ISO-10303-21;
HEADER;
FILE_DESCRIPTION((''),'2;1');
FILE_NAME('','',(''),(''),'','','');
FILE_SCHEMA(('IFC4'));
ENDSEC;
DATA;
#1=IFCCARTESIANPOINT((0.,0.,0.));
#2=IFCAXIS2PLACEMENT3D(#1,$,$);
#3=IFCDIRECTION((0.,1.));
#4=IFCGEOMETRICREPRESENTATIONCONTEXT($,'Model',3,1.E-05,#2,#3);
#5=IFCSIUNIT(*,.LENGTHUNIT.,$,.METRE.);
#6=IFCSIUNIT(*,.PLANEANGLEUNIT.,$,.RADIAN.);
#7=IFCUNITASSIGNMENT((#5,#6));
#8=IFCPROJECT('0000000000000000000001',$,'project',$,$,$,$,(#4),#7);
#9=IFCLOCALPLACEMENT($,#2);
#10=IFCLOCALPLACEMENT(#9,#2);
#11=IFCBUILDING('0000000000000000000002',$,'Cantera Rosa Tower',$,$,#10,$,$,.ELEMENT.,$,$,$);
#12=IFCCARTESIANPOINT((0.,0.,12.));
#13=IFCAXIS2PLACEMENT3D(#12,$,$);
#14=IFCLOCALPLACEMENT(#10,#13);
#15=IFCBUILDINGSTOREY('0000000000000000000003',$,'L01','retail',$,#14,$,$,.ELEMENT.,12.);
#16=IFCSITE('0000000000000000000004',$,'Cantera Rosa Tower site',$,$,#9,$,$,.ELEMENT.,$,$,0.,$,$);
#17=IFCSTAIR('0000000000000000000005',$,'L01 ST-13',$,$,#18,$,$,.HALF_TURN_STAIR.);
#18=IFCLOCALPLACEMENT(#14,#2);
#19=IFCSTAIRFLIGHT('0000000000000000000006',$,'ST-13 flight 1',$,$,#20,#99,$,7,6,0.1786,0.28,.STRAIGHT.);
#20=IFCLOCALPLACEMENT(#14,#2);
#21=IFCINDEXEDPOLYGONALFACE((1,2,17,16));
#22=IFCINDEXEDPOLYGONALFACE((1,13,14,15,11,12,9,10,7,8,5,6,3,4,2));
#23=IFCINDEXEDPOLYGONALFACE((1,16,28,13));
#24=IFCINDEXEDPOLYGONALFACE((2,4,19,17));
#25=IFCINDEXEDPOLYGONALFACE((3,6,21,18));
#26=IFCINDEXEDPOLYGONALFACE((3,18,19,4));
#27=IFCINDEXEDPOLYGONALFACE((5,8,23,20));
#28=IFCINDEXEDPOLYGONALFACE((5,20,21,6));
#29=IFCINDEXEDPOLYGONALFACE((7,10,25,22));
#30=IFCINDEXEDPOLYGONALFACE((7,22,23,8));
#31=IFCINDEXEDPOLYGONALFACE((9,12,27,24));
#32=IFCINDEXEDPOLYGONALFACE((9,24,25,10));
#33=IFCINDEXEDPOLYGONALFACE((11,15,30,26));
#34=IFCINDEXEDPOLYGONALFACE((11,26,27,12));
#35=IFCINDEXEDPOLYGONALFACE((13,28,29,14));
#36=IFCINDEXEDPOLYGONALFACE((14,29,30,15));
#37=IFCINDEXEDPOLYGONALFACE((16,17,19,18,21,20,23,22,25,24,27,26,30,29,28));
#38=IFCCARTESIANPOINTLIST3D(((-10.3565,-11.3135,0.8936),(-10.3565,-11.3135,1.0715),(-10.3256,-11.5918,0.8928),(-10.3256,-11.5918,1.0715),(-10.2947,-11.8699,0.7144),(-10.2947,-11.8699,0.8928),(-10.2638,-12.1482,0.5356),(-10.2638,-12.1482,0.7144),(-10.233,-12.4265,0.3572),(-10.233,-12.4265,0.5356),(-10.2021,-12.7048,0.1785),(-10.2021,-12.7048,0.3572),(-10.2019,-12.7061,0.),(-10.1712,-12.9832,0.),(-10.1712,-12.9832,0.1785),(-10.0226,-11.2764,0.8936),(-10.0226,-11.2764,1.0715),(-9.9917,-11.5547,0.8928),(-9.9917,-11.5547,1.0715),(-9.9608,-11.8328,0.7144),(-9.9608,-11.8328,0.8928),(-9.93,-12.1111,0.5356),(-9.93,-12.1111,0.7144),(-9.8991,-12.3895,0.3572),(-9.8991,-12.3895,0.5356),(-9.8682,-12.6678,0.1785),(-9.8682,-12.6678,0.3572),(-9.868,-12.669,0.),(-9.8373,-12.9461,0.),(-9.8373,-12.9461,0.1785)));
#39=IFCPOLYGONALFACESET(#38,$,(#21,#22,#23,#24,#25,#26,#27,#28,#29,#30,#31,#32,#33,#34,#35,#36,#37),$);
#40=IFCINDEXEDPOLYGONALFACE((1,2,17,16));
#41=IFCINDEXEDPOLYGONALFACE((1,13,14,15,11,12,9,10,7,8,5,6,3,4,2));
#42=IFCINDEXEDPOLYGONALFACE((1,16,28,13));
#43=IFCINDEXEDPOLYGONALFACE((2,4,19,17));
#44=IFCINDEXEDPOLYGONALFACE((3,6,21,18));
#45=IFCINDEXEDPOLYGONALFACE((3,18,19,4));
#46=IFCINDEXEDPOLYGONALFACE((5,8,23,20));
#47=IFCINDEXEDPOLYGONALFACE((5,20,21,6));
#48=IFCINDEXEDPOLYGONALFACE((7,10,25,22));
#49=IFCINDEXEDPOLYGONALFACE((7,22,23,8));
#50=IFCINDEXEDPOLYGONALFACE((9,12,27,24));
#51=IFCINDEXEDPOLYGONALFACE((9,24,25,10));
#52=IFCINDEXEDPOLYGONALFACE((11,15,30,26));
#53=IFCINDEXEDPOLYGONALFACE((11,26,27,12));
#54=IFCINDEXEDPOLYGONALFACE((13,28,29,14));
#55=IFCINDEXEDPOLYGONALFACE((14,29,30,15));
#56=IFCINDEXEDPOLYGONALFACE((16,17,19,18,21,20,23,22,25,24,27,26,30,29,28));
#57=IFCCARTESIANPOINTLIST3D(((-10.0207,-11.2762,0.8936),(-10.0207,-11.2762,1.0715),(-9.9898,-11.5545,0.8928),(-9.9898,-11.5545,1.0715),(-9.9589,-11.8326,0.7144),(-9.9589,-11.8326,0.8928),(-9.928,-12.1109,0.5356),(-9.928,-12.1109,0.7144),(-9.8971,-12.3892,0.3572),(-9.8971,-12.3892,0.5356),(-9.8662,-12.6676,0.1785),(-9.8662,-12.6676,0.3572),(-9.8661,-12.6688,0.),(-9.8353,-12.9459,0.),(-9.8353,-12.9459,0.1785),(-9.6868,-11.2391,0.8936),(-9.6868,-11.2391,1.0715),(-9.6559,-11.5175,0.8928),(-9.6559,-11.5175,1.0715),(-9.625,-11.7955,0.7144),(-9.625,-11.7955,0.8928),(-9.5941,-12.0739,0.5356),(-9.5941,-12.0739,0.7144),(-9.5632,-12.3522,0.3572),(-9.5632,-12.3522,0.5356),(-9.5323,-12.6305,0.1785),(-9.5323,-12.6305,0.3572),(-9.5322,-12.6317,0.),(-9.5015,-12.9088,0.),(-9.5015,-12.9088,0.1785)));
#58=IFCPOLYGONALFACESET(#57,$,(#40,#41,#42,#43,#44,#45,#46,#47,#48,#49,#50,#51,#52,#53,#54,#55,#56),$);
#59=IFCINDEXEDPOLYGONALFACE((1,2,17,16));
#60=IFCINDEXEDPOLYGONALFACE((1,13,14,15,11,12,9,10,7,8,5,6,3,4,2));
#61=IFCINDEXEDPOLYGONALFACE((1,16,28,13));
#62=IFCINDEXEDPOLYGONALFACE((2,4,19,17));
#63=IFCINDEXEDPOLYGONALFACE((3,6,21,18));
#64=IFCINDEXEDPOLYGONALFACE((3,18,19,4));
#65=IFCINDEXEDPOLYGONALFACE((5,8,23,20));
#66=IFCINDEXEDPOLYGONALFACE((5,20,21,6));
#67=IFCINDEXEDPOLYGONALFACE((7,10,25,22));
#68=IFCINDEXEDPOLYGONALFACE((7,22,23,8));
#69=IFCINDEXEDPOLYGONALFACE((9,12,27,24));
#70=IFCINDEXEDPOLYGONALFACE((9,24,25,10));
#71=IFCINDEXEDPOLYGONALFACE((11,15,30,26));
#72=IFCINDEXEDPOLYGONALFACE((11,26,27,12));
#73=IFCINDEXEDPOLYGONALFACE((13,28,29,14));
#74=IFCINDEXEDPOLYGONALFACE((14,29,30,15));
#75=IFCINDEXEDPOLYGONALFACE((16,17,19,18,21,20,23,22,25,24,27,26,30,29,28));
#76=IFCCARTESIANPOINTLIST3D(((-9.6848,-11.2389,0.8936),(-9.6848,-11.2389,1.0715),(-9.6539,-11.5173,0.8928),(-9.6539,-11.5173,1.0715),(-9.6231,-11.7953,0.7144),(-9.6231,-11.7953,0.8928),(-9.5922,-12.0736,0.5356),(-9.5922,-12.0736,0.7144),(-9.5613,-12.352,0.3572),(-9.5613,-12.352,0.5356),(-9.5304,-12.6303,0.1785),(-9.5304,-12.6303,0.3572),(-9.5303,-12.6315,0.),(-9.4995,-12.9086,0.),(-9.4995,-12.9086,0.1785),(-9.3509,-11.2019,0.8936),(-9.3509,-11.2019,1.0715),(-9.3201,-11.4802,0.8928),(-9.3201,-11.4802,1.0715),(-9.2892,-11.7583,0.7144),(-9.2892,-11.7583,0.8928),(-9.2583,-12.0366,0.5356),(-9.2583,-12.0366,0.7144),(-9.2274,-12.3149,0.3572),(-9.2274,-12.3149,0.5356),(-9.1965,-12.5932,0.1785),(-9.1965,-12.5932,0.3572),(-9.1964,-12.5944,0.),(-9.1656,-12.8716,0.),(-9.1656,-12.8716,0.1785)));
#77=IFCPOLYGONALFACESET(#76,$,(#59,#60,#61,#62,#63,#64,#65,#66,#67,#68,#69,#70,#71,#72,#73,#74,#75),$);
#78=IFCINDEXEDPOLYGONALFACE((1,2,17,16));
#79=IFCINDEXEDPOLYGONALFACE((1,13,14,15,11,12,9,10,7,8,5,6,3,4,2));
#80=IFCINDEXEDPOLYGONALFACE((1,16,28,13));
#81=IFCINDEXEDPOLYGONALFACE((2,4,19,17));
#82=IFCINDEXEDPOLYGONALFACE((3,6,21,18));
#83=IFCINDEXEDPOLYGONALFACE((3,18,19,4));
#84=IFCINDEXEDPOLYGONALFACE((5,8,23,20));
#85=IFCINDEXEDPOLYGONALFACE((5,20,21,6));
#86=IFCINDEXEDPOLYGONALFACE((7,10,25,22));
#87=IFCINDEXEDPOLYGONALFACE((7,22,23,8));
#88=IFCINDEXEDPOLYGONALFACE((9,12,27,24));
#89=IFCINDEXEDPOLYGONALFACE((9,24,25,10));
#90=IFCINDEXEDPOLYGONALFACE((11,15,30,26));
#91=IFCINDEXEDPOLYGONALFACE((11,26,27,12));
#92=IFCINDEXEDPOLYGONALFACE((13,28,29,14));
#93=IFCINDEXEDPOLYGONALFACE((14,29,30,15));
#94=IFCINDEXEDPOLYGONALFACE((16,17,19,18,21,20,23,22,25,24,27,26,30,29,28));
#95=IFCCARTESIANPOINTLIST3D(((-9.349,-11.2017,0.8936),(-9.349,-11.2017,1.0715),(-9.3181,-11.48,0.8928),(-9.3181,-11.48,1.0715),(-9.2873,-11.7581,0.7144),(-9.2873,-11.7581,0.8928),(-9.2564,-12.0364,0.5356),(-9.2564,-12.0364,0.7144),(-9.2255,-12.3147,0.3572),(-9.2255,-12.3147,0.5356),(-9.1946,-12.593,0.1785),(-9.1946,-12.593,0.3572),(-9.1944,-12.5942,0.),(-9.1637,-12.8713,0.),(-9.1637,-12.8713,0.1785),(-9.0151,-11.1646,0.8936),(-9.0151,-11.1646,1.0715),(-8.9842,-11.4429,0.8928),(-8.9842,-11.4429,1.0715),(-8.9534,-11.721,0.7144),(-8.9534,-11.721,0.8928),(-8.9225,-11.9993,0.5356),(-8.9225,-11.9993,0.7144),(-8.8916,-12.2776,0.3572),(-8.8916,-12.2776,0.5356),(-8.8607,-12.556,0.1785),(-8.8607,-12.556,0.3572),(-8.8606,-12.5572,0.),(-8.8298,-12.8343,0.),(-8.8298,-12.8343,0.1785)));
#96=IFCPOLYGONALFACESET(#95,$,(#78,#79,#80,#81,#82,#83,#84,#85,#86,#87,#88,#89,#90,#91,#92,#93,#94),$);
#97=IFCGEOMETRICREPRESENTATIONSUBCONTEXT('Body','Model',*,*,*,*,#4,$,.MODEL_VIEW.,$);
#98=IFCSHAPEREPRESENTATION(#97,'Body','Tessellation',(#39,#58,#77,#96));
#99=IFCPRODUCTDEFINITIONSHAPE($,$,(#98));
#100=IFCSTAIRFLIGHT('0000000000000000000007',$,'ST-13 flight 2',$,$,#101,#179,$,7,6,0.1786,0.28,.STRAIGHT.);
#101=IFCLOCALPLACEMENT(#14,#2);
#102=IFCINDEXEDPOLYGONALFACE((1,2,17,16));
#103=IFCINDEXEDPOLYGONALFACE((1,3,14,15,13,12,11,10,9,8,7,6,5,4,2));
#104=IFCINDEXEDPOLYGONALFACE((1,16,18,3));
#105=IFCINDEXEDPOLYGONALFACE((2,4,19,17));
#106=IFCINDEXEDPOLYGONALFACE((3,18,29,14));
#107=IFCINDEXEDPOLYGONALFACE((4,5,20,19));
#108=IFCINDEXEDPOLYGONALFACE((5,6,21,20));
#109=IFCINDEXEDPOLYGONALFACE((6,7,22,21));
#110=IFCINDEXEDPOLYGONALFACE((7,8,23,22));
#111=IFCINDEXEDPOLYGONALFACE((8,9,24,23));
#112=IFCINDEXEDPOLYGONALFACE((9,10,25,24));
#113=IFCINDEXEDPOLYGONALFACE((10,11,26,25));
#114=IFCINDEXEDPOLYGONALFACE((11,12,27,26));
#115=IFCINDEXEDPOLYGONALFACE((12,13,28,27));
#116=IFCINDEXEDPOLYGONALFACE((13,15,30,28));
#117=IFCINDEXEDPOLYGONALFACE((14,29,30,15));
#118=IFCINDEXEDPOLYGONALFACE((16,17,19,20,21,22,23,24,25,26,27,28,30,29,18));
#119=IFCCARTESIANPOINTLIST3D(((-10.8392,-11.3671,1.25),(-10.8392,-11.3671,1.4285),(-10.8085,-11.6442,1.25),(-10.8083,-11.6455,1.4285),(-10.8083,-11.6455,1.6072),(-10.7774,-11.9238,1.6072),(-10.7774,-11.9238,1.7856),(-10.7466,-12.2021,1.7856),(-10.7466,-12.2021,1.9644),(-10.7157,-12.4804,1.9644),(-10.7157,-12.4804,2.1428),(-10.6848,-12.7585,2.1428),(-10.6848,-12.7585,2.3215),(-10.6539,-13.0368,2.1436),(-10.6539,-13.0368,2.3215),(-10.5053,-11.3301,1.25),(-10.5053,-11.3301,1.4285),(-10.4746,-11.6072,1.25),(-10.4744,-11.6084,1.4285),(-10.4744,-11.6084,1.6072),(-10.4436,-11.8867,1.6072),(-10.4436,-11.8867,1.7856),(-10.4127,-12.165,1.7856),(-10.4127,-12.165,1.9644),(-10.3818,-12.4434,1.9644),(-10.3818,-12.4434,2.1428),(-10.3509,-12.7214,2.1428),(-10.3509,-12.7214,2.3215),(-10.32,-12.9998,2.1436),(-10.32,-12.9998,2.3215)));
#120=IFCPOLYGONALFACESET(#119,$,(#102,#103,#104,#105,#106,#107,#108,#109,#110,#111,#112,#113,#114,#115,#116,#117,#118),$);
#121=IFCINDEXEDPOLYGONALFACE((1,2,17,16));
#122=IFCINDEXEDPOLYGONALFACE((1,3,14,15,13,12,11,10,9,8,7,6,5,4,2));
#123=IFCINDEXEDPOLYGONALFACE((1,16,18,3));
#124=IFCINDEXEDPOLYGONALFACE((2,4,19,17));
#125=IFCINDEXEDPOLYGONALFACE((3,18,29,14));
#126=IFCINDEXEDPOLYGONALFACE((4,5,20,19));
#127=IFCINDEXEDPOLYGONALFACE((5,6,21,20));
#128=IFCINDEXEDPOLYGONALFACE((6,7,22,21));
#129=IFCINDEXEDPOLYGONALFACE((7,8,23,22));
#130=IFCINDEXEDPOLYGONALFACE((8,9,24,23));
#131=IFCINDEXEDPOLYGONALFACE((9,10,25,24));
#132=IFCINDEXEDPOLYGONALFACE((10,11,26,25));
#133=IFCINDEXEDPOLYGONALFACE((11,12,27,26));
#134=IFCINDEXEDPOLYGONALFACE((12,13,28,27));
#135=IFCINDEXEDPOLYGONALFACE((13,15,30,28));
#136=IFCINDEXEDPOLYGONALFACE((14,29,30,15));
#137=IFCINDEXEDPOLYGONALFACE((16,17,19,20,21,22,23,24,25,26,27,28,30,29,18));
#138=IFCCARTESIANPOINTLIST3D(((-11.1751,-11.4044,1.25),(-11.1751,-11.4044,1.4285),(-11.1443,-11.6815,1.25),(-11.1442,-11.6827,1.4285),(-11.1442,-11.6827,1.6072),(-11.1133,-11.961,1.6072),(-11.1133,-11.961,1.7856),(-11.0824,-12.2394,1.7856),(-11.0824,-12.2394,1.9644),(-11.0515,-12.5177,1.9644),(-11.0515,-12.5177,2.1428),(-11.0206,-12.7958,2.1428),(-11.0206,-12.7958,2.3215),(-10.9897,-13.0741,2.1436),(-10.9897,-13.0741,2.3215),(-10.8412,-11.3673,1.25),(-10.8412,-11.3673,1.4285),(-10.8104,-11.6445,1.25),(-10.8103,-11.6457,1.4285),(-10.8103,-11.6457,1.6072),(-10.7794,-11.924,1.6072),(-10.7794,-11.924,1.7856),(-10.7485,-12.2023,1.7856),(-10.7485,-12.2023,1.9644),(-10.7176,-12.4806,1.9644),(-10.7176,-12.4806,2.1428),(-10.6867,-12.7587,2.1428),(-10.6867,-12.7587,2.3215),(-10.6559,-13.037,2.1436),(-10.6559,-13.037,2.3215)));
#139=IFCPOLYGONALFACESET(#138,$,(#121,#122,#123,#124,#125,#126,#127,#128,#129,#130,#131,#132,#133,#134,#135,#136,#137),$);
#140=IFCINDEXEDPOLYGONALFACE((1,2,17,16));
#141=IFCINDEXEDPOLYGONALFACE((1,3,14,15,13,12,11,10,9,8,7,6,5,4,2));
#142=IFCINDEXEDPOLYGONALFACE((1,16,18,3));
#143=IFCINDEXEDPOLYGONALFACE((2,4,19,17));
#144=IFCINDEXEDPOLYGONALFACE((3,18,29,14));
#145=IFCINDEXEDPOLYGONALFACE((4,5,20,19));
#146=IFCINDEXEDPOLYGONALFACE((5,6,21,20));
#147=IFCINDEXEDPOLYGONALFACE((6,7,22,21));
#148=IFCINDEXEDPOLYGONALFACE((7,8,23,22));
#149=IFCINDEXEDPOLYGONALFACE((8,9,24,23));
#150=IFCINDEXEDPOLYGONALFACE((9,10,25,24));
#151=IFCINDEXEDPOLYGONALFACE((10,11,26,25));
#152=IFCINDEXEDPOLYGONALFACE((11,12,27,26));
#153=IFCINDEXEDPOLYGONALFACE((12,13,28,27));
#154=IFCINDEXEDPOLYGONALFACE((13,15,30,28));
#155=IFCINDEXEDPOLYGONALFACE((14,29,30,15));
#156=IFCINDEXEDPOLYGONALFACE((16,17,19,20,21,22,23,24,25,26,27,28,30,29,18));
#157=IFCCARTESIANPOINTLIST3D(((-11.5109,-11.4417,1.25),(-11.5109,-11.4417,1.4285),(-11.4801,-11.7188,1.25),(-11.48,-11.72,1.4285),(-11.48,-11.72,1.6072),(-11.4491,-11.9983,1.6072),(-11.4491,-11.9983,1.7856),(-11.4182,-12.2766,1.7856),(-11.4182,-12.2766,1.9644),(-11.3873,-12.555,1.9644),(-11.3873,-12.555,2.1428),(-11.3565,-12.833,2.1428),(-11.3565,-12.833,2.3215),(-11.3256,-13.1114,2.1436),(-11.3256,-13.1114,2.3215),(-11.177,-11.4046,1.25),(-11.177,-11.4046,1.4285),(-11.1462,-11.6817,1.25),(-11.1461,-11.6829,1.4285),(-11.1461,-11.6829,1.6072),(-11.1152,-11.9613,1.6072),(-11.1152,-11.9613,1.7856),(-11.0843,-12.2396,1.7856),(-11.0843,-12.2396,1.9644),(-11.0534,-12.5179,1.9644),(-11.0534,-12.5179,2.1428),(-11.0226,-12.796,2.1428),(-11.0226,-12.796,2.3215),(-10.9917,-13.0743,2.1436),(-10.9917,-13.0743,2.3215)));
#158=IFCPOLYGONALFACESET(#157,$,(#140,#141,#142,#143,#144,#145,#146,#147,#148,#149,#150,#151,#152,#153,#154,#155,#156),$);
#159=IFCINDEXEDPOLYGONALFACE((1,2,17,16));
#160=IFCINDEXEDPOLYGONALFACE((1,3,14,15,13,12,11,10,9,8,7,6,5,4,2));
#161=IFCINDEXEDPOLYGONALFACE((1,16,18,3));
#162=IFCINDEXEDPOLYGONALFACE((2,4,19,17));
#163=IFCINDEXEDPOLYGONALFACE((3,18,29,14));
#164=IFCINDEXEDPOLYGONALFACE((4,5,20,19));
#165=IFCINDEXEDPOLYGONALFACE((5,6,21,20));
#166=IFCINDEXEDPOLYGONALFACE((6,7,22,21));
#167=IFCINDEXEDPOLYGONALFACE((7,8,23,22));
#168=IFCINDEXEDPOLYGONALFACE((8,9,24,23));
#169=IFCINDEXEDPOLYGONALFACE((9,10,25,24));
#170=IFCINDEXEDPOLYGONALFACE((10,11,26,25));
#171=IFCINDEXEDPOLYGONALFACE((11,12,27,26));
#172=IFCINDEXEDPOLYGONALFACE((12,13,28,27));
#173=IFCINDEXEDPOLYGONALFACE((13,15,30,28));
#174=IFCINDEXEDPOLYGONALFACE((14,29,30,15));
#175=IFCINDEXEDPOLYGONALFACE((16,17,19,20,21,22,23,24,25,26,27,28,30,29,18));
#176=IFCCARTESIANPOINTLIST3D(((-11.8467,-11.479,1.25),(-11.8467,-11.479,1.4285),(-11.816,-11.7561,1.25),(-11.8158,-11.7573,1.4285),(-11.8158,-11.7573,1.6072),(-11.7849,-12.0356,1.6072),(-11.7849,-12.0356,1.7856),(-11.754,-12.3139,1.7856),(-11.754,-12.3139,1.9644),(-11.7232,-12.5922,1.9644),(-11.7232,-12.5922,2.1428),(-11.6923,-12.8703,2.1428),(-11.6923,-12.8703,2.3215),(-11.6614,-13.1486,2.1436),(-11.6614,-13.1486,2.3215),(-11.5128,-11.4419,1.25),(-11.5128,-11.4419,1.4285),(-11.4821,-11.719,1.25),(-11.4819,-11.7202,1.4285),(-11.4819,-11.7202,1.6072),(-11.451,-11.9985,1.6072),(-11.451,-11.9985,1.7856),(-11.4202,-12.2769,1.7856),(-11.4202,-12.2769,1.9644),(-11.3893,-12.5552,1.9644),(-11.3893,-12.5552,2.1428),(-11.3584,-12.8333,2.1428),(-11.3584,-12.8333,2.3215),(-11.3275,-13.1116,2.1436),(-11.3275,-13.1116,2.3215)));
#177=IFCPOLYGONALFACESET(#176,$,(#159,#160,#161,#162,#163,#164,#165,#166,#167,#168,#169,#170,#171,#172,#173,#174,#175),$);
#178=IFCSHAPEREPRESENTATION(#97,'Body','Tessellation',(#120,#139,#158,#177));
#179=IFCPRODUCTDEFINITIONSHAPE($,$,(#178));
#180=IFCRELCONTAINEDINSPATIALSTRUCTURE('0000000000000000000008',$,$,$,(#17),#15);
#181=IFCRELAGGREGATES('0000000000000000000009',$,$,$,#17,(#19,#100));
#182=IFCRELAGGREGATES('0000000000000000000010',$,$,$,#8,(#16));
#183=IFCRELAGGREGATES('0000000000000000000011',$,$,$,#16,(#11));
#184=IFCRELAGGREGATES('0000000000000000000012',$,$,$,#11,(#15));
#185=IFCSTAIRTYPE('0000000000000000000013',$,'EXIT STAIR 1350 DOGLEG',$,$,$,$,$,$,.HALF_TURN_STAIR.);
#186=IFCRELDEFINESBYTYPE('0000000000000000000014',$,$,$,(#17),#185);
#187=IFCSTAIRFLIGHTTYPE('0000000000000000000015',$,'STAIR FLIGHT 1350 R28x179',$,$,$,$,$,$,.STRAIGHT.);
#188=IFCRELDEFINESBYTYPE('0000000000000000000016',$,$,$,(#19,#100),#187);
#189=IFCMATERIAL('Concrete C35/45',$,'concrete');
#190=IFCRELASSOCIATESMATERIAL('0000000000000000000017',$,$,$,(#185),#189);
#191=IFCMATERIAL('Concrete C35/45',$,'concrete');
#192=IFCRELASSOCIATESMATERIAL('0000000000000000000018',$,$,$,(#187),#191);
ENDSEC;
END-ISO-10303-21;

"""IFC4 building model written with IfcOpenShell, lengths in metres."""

from ifc_helpers import new_model, si_unit, direction, frame, origin, place, context, subcontext, project, spatial, polyline, outline, extrude, material, type_object, element, aggregate, save


model = new_model("IFC4")

# Units and contexts
model_context = context("Model", 3, precision=1e-05, world=origin(), true_north=direction((0.0, 1.0)))
body_context = subcontext(model_context, "Body", "Model", "MODEL_VIEW")
ifc_project = project(units=[si_unit("LENGTHUNIT", "METRE"), si_unit("PLANEANGLEUNIT", "RADIAN")], contexts=[model_context])

# Site, building, storey
site_placement = place(None, origin())
site = spatial("IfcSite", under=ifc_project, at=site_placement, Name="Cantera Rosa Tower site", CompositionType="ELEMENT", RefElevation=0.0)
building_placement = place(site_placement, origin())
building = spatial("IfcBuilding", under=site, at=building_placement, Name="Cantera Rosa Tower", CompositionType="ELEMENT")
storey_placement = place(building_placement, frame((0.0, 0.0, 12.0)))
storey = spatial("IfcBuildingStorey", under=building, at=storey_placement, Name="L01", Description="retail", CompositionType="ELEMENT", Elevation=12.0)

# Stair, stair flights
ifc_material_1 = material(Name="Concrete C35/45", Category="concrete")
stair_type = type_object("IfcStairType", Name="EXIT STAIR 1350 DOGLEG", PredefinedType="HALF_TURN_STAIR", material=ifc_material_1)
stair_placement = place(storey_placement, origin())
stair = element("IfcStair", 1, at=stair_placement, inside=storey, type_object=stair_type, Name="L01 ST-13", PredefinedType="HALF_TURN_STAIR")
ifc_material_2 = material(Name="Concrete C35/45", Category="concrete")
stair_flight_type = type_object("IfcStairFlightType", Name="STAIR FLIGHT 1350 R28x179", PredefinedType="STRAIGHT", material=ifc_material_2)
stair_flight_1_placement = place(storey_placement, frame((-9.5002, -12.9087, 0.0), z_axis=(0.0, 0.0, 1.0), x_axis=(-0.110313, 0.993897, 0.0)))
stair_flight_1 = element("IfcStairFlight", 2, at=stair_flight_1_placement, type_object=stair_flight_type, Name="ST-13 flight 1", NumberOfRisers=7, NumberOfTreads=6, PredefinedType="STRAIGHT", RiserHeight=0.1786, TreadLength=0.28, context=body_context, shape_type="SweptSolid", body=[
    extrude(outline(polyline([(0.0, 0.0), (0.0, 0.1785), (0.28, 0.1785), (0.28, 0.3572), (0.5601, 0.3572), (0.5601, 0.5356), (0.8401, 0.5356), (0.8401, 0.7144), (1.1201, 0.7144), (1.1201, 0.8928), (1.3999, 0.8928), (1.3999, 1.0715), (1.6799, 1.0715), (1.6799, 1.25), (1.6799, 0.8936), (0.2788, 0.0), (0.0, 0.0)])), frame((0.0, 0.675, 0.0), z_axis=(0.0, -1.0, 0.0), x_axis=(1.0, 0.0, 0.0)), (0.0, 0.0, 1.0), 0.3359),
    extrude(outline(polyline([(0.0, 0.0), (0.0, 0.1785), (0.28, 0.1785), (0.28, 0.3572), (0.5601, 0.3572), (0.5601, 0.5356), (0.8401, 0.5356), (0.8401, 0.7144), (1.1201, 0.7144), (1.1201, 0.8928), (1.3999, 0.8928), (1.3999, 1.0715), (1.6799, 1.0715), (1.6799, 1.25), (1.6799, 0.8936), (0.2788, 0.0), (0.0, 0.0)])), frame((0.0, 0.3372, 0.0), z_axis=(0.0, -1.0, 0.0), x_axis=(1.0, 0.0, 0.0)), (0.0, 0.0, 1.0), 0.3359),
    extrude(outline(polyline([(0.0, 0.0), (0.0, 0.1785), (0.28, 0.1785), (0.28, 0.3572), (0.5601, 0.3572), (0.5601, 0.5356), (0.8401, 0.5356), (0.8401, 0.7144), (1.1201, 0.7144), (1.1201, 0.8928), (1.3999, 0.8928), (1.3999, 1.0715), (1.6799, 1.0715), (1.6799, 1.25), (1.6799, 0.8936), (0.2788, 0.0), (0.0, 0.0)])), frame((0.0, -0.0007, 0.0), z_axis=(0.0, -1.0, 0.0), x_axis=(1.0, 0.0, 0.0)), (0.0, 0.0, 1.0), 0.3359),
    extrude(outline(polyline([(0.0, 0.0), (0.0, 0.1785), (0.28, 0.1785), (0.28, 0.3572), (0.5601, 0.3572), (0.5601, 0.5356), (0.8401, 0.5356), (0.8401, 0.7144), (1.1201, 0.7144), (1.1201, 0.8928), (1.3999, 0.8928), (1.3999, 1.0715), (1.6799, 1.0715), (1.6799, 1.25), (1.6799, 0.8936), (0.2788, 0.0), (0.0, 0.0)])), frame((0.0, -0.3386, 0.0), z_axis=(0.0, -1.0, 0.0), x_axis=(1.0, 0.0, 0.0)), (0.0, 0.0, 1.0), 0.3359),
])
stair_flight_2_placement = place(storey_placement, frame((-11.1763, -11.4045, 1.25), z_axis=(0.0, 0.0, 1.0), x_axis=(0.110313, -0.993897, 0.0)))
stair_flight_2 = element("IfcStairFlight", 3, at=stair_flight_2_placement, type_object=stair_flight_type, Name="ST-13 flight 2", NumberOfRisers=7, NumberOfTreads=6, PredefinedType="STRAIGHT", RiserHeight=0.1786, TreadLength=0.28, context=body_context, shape_type="SweptSolid", body=[
    extrude(outline(polyline([(0.0, 0.0), (0.0, 0.1785), (0.28, 0.1785), (0.28, 0.3572), (0.5601, 0.3572), (0.5601, 0.5356), (0.8401, 0.5356), (0.8401, 0.7144), (1.1201, 0.7144), (1.1201, 0.8928), (1.3999, 0.8928), (1.3999, 1.0715), (1.6799, 1.0715), (1.6799, 1.25), (1.6799, 0.8936), (0.2788, 0.0), (0.0, 0.0)])), frame((0.0, 0.675, 0.0), z_axis=(0.0, -1.0, 0.0), x_axis=(1.0, 0.0, 0.0)), (0.0, 0.0, 1.0), 0.3359),
    extrude(outline(polyline([(0.0, 0.0), (0.0, 0.1785), (0.28, 0.1785), (0.28, 0.3572), (0.5601, 0.3572), (0.5601, 0.5356), (0.8401, 0.5356), (0.8401, 0.7144), (1.1201, 0.7144), (1.1201, 0.8928), (1.3999, 0.8928), (1.3999, 1.0715), (1.6799, 1.0715), (1.6799, 1.25), (1.6799, 0.8936), (0.2788, 0.0), (0.0, 0.0)])), frame((0.0, 0.3372, 0.0), z_axis=(0.0, -1.0, 0.0), x_axis=(1.0, 0.0, 0.0)), (0.0, 0.0, 1.0), 0.3359),
    extrude(outline(polyline([(0.0, 0.0), (0.0, 0.1785), (0.28, 0.1785), (0.28, 0.3572), (0.5601, 0.3572), (0.5601, 0.5356), (0.8401, 0.5356), (0.8401, 0.7144), (1.1201, 0.7144), (1.1201, 0.8928), (1.3999, 0.8928), (1.3999, 1.0715), (1.6799, 1.0715), (1.6799, 1.25), (1.6799, 0.8936), (0.2788, 0.0), (0.0, 0.0)])), frame((0.0, -0.0007, 0.0), z_axis=(0.0, -1.0, 0.0), x_axis=(1.0, 0.0, 0.0)), (0.0, 0.0, 1.0), 0.3359),
    extrude(outline(polyline([(0.0, 0.0), (0.0, 0.1785), (0.28, 0.1785), (0.28, 0.3572), (0.5601, 0.3572), (0.5601, 0.5356), (0.8401, 0.5356), (0.8401, 0.7144), (1.1201, 0.7144), (1.1201, 0.8928), (1.3999, 0.8928), (1.3999, 1.0715), (1.6799, 1.0715), (1.6799, 1.25), (1.6799, 0.8936), (0.2788, 0.0), (0.0, 0.0)])), frame((0.0, -0.3386, 0.0), z_axis=(0.0, -1.0, 0.0), x_axis=(1.0, 0.0, 0.0)), (0.0, 0.0, 1.0), 0.3359),
])
aggregate(stair, [stair_flight_1, stair_flight_2])

save(model, "model.ifc")
